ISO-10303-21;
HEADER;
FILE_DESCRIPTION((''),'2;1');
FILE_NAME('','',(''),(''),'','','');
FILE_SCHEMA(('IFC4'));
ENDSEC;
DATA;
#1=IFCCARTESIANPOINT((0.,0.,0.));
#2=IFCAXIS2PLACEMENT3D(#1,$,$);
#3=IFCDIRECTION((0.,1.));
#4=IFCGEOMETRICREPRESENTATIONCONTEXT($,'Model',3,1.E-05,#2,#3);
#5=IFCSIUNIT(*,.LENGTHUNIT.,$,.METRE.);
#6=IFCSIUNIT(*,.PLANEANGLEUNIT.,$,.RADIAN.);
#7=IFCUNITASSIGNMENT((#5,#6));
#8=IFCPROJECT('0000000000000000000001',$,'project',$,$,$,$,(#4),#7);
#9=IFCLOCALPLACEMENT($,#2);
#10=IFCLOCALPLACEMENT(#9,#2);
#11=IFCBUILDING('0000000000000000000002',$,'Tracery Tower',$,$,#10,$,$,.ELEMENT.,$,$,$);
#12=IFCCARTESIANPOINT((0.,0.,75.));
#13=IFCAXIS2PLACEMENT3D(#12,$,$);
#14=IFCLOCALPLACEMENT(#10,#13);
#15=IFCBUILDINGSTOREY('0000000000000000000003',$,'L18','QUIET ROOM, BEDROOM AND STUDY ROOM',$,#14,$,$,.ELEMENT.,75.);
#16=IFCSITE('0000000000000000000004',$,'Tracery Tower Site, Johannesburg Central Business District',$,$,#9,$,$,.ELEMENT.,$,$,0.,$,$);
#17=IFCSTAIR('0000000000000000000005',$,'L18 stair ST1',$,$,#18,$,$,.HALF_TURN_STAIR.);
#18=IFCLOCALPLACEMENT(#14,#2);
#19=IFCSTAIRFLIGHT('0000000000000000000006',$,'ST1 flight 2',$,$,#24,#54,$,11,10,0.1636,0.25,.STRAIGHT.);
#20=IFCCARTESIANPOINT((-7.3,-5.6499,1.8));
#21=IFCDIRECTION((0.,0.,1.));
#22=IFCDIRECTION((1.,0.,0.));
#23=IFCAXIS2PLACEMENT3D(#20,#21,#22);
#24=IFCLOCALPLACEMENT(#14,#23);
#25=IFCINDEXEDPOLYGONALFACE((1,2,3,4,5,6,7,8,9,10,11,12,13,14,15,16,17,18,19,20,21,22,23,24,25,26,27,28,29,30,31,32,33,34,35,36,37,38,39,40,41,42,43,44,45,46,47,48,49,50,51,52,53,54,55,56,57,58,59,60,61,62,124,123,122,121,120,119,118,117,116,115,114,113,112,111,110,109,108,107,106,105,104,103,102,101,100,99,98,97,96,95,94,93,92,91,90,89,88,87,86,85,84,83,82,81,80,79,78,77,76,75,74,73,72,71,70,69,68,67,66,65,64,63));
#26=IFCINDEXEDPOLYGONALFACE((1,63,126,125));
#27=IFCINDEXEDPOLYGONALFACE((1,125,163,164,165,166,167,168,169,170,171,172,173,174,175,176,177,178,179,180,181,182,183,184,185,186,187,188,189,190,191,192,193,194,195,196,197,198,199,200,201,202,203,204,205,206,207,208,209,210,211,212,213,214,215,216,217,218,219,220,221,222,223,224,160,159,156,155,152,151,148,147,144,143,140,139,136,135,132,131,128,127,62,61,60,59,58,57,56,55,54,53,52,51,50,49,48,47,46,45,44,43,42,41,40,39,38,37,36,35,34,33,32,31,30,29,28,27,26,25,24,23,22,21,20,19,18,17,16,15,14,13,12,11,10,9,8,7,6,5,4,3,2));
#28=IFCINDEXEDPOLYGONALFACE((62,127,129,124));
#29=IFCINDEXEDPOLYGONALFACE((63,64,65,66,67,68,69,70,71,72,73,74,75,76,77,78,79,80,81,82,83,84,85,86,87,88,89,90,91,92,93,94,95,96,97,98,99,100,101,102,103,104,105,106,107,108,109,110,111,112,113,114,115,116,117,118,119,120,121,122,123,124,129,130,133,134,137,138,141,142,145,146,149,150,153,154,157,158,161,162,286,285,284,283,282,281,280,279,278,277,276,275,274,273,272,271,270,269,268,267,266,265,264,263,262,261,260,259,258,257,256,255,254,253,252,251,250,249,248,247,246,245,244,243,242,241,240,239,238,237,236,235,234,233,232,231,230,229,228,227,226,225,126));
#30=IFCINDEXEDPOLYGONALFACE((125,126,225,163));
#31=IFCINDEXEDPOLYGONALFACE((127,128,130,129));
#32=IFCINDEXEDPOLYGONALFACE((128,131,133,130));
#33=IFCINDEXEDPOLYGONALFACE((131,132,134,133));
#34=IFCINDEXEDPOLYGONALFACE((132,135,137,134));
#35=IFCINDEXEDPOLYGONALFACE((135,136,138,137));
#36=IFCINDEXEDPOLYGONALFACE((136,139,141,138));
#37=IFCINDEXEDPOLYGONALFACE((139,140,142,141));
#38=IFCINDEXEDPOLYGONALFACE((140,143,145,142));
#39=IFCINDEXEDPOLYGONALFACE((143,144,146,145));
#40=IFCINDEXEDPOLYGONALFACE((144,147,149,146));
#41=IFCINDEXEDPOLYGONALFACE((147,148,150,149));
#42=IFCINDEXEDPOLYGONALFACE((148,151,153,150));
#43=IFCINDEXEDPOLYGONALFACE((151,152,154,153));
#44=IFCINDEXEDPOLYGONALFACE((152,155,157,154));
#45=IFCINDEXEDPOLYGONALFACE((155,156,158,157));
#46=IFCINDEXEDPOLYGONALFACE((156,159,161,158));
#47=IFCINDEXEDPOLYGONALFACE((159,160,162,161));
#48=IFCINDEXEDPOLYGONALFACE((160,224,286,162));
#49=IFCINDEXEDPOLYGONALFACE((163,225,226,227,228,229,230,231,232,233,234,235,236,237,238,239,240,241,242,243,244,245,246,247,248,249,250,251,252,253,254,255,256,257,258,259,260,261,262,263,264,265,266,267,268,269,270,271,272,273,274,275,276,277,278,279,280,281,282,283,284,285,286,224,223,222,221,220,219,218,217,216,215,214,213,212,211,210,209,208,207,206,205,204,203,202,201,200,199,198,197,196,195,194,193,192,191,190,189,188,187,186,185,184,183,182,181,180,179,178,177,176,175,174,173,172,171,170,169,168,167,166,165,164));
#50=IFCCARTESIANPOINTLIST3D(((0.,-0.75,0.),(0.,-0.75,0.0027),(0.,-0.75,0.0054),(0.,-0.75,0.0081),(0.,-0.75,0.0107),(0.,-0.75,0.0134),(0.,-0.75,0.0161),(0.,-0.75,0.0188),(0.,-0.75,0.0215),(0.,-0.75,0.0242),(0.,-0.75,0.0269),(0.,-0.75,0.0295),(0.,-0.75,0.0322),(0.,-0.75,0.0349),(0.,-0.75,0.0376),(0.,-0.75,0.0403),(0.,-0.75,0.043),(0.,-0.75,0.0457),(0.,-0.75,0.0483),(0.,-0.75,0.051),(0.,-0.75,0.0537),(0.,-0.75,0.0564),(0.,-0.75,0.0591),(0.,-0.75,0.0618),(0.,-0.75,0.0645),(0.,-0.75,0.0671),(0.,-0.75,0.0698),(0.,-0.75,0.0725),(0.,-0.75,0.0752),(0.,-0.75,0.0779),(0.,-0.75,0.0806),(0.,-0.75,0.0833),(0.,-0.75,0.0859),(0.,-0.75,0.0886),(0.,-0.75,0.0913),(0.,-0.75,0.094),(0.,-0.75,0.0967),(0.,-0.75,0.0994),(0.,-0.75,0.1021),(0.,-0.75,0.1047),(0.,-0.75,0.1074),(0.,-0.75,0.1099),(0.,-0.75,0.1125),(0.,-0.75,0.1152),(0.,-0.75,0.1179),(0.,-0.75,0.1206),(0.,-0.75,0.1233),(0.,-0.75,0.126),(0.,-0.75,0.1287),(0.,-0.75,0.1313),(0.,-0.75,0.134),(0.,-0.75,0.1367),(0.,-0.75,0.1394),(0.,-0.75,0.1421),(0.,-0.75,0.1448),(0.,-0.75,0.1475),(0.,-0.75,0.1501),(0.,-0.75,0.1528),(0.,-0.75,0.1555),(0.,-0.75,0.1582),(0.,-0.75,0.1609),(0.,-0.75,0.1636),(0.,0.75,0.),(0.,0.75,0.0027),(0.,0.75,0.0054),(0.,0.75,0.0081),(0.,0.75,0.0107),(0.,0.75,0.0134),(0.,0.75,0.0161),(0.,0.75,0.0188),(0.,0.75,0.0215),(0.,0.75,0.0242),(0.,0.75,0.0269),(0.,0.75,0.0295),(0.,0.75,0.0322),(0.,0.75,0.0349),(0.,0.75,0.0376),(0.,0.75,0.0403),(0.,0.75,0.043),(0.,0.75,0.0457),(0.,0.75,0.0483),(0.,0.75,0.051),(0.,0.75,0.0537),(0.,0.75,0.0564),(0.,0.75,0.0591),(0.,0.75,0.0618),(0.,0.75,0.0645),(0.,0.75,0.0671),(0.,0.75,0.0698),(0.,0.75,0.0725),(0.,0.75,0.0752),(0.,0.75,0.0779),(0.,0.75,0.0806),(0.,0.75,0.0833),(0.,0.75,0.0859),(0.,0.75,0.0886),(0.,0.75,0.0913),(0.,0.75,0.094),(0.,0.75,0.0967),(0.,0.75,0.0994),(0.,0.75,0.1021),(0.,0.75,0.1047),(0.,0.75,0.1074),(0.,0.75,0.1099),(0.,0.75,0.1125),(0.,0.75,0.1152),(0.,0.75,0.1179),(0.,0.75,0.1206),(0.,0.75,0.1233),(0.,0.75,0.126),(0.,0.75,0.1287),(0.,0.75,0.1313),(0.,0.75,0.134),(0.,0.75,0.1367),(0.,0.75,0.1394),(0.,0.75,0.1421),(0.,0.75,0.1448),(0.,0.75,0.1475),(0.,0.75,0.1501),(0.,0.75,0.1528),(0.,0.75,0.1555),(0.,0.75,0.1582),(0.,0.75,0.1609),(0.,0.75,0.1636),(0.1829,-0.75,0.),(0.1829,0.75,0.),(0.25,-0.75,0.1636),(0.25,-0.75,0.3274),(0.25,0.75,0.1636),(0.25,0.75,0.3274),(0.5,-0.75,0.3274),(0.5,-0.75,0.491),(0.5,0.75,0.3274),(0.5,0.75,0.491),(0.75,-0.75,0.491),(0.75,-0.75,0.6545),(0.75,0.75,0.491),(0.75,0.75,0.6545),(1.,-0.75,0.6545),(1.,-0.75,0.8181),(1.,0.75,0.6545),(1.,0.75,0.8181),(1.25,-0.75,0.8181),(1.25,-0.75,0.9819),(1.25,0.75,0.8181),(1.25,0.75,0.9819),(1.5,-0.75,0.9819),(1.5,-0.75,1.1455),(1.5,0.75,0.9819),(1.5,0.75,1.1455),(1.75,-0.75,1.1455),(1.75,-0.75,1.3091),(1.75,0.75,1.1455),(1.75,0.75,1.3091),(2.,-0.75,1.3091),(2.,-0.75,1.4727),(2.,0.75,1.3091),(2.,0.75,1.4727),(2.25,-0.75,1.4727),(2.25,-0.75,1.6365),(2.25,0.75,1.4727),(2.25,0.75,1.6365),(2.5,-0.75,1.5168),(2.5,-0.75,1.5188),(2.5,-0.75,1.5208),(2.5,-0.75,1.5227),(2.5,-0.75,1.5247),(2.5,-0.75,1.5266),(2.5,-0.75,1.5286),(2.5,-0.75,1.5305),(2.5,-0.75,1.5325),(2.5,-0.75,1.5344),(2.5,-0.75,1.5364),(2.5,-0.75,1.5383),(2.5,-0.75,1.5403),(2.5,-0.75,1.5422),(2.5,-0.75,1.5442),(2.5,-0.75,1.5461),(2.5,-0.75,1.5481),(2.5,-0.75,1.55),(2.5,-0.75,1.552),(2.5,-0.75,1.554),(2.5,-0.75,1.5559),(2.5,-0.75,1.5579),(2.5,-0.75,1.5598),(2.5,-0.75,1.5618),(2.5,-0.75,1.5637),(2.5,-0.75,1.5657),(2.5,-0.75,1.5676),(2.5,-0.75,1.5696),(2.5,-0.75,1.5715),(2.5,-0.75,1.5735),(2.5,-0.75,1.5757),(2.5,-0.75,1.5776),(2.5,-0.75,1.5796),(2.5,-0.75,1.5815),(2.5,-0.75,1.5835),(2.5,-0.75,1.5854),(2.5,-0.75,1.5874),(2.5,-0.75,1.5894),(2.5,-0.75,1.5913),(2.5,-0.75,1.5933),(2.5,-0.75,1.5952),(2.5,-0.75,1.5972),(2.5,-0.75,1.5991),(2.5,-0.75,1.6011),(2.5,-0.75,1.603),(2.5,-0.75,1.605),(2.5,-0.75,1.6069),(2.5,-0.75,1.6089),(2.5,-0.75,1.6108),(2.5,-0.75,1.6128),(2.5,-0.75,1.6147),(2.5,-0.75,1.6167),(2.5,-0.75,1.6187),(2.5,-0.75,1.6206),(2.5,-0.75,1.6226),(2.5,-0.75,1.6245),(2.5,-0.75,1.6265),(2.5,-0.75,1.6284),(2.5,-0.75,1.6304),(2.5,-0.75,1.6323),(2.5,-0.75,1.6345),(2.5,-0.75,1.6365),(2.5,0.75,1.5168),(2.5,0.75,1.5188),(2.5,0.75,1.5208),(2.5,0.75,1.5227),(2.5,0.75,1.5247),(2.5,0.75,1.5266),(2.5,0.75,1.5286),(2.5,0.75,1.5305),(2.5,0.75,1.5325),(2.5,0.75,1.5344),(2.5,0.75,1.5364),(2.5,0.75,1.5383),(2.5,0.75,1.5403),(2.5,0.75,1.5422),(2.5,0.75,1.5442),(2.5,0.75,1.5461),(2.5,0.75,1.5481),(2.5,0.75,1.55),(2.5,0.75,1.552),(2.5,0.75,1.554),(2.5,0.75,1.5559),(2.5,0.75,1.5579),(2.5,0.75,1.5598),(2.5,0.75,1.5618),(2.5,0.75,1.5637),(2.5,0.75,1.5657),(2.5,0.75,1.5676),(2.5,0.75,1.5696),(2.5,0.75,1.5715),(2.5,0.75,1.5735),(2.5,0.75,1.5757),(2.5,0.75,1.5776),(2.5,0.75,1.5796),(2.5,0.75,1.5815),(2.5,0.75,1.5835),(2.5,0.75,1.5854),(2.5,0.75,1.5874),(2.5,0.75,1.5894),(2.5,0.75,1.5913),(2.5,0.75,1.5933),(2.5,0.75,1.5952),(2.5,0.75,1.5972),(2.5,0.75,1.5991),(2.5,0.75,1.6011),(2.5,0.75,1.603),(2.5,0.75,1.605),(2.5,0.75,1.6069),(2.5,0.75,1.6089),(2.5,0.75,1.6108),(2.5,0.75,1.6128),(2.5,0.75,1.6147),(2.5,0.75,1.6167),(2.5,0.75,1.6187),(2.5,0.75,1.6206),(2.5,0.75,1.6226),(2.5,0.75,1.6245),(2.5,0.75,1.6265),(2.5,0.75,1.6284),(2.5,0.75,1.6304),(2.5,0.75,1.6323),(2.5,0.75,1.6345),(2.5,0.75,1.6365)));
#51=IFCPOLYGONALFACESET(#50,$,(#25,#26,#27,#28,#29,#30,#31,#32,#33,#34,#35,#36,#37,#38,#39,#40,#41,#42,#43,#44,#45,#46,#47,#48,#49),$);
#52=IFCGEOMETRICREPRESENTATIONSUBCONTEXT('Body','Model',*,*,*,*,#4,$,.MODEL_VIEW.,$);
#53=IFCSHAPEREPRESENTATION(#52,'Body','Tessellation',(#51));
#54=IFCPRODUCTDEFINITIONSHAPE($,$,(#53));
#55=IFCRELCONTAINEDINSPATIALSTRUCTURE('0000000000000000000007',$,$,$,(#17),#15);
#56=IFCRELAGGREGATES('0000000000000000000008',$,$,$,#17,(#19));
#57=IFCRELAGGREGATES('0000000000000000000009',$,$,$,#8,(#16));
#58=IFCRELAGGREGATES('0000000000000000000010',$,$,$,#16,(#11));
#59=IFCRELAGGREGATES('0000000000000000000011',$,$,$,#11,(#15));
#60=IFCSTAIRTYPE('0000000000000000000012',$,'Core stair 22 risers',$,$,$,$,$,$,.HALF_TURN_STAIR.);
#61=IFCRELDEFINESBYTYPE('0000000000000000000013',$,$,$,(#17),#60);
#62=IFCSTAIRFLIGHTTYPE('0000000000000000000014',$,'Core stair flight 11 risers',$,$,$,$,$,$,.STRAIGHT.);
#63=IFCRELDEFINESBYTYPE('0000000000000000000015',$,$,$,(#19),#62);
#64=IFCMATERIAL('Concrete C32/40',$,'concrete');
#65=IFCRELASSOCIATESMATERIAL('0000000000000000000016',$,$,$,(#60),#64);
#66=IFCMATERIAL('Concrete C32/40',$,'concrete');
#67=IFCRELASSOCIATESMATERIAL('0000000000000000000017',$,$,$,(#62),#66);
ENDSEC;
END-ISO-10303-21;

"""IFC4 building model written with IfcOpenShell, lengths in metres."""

from ifc_helpers import new_model, si_unit, direction, frame, origin, place, context, subcontext, project, spatial, polyline, outline, extrude, material, type_object, element, aggregate, save


model = new_model("IFC4")

# Units and contexts
model_context = context("Model", 3, precision=1e-05, world=origin(), true_north=direction((0.0, 1.0)))
body_context = subcontext(model_context, "Body", "Model", "MODEL_VIEW")
ifc_project = project(units=[si_unit("LENGTHUNIT", "METRE"), si_unit("PLANEANGLEUNIT", "RADIAN")], contexts=[model_context])

# Site, building, storey
site_placement = place(None, origin())
site = spatial("IfcSite", under=ifc_project, at=site_placement, Name="Tracery Tower Site, Johannesburg Central Business District", CompositionType="ELEMENT", RefElevation=0.0)
building_placement = place(site_placement, origin())
building = spatial("IfcBuilding", under=site, at=building_placement, Name="Tracery Tower", CompositionType="ELEMENT")
storey_placement = place(building_placement, frame((0.0, 0.0, 75.0)))
storey = spatial("IfcBuildingStorey", under=building, at=storey_placement, Name="L18", Description="QUIET ROOM, BEDROOM AND STUDY ROOM", CompositionType="ELEMENT", Elevation=75.0)

# Stair, stair flight
ifc_material_1 = material(Name="Concrete C32/40", Category="concrete")
stair_type = type_object("IfcStairType", Name="Core stair 22 risers", PredefinedType="HALF_TURN_STAIR", material=ifc_material_1)
stair_placement = place(storey_placement, origin())
stair = element("IfcStair", 1, at=stair_placement, inside=storey, type_object=stair_type, Name="L18 stair ST1", PredefinedType="HALF_TURN_STAIR")
ifc_material_2 = material(Name="Concrete C32/40", Category="concrete")
stair_flight_type = type_object("IfcStairFlightType", Name="Core stair flight 11 risers", PredefinedType="STRAIGHT", material=ifc_material_2)
stair_flight_1_placement = place(storey_placement, frame((-7.3, -5.6499, 1.8), z_axis=(0.0, 0.0, 1.0), x_axis=(1.0, 0.0, 0.0)))
stair_flight_1 = element("IfcStairFlight", 2, at=stair_flight_1_placement, type_object=stair_flight_type, Name="ST1 flight 2", NumberOfRisers=11, NumberOfTreads=10, PredefinedType="STRAIGHT", RiserHeight=0.1636, TreadLength=0.25, context=body_context, shape_type="SweptSolid", body=[
    extrude(outline(polyline([(0.0, 0.0), (0.0, 0.0027), (0.0, 0.0054), (0.0, 0.0081), (0.0, 0.0107), (0.0, 0.0134), (0.0, 0.0161), (0.0, 0.0188), (0.0, 0.0215), (0.0, 0.0242), (0.0, 0.0269), (0.0, 0.0295), (0.0, 0.0322), (0.0, 0.0349), (0.0, 0.0376), (0.0, 0.0403), (0.0, 0.043), (0.0, 0.0457), (0.0, 0.0483), (0.0, 0.051), (0.0, 0.0537), (0.0, 0.0564), (0.0, 0.0591), (0.0, 0.0618), (0.0, 0.0645), (0.0, 0.0671), (0.0, 0.0698), (0.0, 0.0725), (0.0, 0.0752), (0.0, 0.0779), (0.0, 0.0806), (0.0, 0.0833), (0.0, 0.0859), (0.0, 0.0886), (0.0, 0.0913), (0.0, 0.094), (0.0, 0.0967), (0.0, 0.0994), (0.0, 0.1021), (0.0, 0.1047), (0.0, 0.1074), (0.0, 0.1099), (0.0, 0.1125), (0.0, 0.1152), (0.0, 0.1179), (0.0, 0.1206), (0.0, 0.1233), (0.0, 0.126), (0.0, 0.1287), (0.0, 0.1313), (0.0, 0.134), (0.0, 0.1367), (0.0, 0.1394), (0.0, 0.1421), (0.0, 0.1448), (0.0, 0.1475), (0.0, 0.1501), (0.0, 0.1528), (0.0, 0.1555), (0.0, 0.1582), (0.0, 0.1609), (0.0, 0.1636), (0.25, 0.1636), (0.25, 0.3274), (0.5, 0.3274), (0.5, 0.491), (0.75, 0.491), (0.75, 0.6545), (1.0, 0.6545), (1.0, 0.8181), (1.25, 0.8181), (1.25, 0.9819), (1.5, 0.9819), (1.5, 1.1455), (1.75, 1.1455), (1.75, 1.3091), (2.0, 1.3091), (2.0, 1.4727), (2.25, 1.4727), (2.25, 1.6365), (2.5, 1.6365), (2.5, 1.6345), (2.5, 1.6323), (2.5, 1.6304), (2.5, 1.6284), (2.5, 1.6265), (2.5, 1.6245), (2.5, 1.6226), (2.5, 1.6206), (2.5, 1.6187), (2.5, 1.6167), (2.5, 1.6147), (2.5, 1.6128), (2.5, 1.6108), (2.5, 1.6089), (2.5, 1.6069), (2.5, 1.605), (2.5, 1.603), (2.5, 1.6011), (2.5, 1.5991), (2.5, 1.5972), (2.5, 1.5952), (2.5, 1.5933), (2.5, 1.5913), (2.5, 1.5894), (2.5, 1.5874), (2.5, 1.5854), (2.5, 1.5835), (2.5, 1.5815), (2.5, 1.5796), (2.5, 1.5776), (2.5, 1.5757), (2.5, 1.5735), (2.5, 1.5715), (2.5, 1.5696), (2.5, 1.5676), (2.5, 1.5657), (2.5, 1.5637), (2.5, 1.5618), (2.5, 1.5598), (2.5, 1.5579), (2.5, 1.5559), (2.5, 1.554), (2.5, 1.552), (2.5, 1.55), (2.5, 1.5481), (2.5, 1.5461), (2.5, 1.5442), (2.5, 1.5422), (2.5, 1.5403), (2.5, 1.5383), (2.5, 1.5364), (2.5, 1.5344), (2.5, 1.5325), (2.5, 1.5305), (2.5, 1.5286), (2.5, 1.5266), (2.5, 1.5247), (2.5, 1.5227), (2.5, 1.5208), (2.5, 1.5188), (2.5, 1.5168), (0.1829, 0.0), (0.0, 0.0)])), frame((0.0, 0.75, 0.0), z_axis=(0.0, -1.0, 0.0), x_axis=(1.0, 0.0, 0.0)), (0.0, 0.0, 1.0), 1.5),
])
aggregate(stair, [stair_flight_1])

save(model, "model.ifc")
